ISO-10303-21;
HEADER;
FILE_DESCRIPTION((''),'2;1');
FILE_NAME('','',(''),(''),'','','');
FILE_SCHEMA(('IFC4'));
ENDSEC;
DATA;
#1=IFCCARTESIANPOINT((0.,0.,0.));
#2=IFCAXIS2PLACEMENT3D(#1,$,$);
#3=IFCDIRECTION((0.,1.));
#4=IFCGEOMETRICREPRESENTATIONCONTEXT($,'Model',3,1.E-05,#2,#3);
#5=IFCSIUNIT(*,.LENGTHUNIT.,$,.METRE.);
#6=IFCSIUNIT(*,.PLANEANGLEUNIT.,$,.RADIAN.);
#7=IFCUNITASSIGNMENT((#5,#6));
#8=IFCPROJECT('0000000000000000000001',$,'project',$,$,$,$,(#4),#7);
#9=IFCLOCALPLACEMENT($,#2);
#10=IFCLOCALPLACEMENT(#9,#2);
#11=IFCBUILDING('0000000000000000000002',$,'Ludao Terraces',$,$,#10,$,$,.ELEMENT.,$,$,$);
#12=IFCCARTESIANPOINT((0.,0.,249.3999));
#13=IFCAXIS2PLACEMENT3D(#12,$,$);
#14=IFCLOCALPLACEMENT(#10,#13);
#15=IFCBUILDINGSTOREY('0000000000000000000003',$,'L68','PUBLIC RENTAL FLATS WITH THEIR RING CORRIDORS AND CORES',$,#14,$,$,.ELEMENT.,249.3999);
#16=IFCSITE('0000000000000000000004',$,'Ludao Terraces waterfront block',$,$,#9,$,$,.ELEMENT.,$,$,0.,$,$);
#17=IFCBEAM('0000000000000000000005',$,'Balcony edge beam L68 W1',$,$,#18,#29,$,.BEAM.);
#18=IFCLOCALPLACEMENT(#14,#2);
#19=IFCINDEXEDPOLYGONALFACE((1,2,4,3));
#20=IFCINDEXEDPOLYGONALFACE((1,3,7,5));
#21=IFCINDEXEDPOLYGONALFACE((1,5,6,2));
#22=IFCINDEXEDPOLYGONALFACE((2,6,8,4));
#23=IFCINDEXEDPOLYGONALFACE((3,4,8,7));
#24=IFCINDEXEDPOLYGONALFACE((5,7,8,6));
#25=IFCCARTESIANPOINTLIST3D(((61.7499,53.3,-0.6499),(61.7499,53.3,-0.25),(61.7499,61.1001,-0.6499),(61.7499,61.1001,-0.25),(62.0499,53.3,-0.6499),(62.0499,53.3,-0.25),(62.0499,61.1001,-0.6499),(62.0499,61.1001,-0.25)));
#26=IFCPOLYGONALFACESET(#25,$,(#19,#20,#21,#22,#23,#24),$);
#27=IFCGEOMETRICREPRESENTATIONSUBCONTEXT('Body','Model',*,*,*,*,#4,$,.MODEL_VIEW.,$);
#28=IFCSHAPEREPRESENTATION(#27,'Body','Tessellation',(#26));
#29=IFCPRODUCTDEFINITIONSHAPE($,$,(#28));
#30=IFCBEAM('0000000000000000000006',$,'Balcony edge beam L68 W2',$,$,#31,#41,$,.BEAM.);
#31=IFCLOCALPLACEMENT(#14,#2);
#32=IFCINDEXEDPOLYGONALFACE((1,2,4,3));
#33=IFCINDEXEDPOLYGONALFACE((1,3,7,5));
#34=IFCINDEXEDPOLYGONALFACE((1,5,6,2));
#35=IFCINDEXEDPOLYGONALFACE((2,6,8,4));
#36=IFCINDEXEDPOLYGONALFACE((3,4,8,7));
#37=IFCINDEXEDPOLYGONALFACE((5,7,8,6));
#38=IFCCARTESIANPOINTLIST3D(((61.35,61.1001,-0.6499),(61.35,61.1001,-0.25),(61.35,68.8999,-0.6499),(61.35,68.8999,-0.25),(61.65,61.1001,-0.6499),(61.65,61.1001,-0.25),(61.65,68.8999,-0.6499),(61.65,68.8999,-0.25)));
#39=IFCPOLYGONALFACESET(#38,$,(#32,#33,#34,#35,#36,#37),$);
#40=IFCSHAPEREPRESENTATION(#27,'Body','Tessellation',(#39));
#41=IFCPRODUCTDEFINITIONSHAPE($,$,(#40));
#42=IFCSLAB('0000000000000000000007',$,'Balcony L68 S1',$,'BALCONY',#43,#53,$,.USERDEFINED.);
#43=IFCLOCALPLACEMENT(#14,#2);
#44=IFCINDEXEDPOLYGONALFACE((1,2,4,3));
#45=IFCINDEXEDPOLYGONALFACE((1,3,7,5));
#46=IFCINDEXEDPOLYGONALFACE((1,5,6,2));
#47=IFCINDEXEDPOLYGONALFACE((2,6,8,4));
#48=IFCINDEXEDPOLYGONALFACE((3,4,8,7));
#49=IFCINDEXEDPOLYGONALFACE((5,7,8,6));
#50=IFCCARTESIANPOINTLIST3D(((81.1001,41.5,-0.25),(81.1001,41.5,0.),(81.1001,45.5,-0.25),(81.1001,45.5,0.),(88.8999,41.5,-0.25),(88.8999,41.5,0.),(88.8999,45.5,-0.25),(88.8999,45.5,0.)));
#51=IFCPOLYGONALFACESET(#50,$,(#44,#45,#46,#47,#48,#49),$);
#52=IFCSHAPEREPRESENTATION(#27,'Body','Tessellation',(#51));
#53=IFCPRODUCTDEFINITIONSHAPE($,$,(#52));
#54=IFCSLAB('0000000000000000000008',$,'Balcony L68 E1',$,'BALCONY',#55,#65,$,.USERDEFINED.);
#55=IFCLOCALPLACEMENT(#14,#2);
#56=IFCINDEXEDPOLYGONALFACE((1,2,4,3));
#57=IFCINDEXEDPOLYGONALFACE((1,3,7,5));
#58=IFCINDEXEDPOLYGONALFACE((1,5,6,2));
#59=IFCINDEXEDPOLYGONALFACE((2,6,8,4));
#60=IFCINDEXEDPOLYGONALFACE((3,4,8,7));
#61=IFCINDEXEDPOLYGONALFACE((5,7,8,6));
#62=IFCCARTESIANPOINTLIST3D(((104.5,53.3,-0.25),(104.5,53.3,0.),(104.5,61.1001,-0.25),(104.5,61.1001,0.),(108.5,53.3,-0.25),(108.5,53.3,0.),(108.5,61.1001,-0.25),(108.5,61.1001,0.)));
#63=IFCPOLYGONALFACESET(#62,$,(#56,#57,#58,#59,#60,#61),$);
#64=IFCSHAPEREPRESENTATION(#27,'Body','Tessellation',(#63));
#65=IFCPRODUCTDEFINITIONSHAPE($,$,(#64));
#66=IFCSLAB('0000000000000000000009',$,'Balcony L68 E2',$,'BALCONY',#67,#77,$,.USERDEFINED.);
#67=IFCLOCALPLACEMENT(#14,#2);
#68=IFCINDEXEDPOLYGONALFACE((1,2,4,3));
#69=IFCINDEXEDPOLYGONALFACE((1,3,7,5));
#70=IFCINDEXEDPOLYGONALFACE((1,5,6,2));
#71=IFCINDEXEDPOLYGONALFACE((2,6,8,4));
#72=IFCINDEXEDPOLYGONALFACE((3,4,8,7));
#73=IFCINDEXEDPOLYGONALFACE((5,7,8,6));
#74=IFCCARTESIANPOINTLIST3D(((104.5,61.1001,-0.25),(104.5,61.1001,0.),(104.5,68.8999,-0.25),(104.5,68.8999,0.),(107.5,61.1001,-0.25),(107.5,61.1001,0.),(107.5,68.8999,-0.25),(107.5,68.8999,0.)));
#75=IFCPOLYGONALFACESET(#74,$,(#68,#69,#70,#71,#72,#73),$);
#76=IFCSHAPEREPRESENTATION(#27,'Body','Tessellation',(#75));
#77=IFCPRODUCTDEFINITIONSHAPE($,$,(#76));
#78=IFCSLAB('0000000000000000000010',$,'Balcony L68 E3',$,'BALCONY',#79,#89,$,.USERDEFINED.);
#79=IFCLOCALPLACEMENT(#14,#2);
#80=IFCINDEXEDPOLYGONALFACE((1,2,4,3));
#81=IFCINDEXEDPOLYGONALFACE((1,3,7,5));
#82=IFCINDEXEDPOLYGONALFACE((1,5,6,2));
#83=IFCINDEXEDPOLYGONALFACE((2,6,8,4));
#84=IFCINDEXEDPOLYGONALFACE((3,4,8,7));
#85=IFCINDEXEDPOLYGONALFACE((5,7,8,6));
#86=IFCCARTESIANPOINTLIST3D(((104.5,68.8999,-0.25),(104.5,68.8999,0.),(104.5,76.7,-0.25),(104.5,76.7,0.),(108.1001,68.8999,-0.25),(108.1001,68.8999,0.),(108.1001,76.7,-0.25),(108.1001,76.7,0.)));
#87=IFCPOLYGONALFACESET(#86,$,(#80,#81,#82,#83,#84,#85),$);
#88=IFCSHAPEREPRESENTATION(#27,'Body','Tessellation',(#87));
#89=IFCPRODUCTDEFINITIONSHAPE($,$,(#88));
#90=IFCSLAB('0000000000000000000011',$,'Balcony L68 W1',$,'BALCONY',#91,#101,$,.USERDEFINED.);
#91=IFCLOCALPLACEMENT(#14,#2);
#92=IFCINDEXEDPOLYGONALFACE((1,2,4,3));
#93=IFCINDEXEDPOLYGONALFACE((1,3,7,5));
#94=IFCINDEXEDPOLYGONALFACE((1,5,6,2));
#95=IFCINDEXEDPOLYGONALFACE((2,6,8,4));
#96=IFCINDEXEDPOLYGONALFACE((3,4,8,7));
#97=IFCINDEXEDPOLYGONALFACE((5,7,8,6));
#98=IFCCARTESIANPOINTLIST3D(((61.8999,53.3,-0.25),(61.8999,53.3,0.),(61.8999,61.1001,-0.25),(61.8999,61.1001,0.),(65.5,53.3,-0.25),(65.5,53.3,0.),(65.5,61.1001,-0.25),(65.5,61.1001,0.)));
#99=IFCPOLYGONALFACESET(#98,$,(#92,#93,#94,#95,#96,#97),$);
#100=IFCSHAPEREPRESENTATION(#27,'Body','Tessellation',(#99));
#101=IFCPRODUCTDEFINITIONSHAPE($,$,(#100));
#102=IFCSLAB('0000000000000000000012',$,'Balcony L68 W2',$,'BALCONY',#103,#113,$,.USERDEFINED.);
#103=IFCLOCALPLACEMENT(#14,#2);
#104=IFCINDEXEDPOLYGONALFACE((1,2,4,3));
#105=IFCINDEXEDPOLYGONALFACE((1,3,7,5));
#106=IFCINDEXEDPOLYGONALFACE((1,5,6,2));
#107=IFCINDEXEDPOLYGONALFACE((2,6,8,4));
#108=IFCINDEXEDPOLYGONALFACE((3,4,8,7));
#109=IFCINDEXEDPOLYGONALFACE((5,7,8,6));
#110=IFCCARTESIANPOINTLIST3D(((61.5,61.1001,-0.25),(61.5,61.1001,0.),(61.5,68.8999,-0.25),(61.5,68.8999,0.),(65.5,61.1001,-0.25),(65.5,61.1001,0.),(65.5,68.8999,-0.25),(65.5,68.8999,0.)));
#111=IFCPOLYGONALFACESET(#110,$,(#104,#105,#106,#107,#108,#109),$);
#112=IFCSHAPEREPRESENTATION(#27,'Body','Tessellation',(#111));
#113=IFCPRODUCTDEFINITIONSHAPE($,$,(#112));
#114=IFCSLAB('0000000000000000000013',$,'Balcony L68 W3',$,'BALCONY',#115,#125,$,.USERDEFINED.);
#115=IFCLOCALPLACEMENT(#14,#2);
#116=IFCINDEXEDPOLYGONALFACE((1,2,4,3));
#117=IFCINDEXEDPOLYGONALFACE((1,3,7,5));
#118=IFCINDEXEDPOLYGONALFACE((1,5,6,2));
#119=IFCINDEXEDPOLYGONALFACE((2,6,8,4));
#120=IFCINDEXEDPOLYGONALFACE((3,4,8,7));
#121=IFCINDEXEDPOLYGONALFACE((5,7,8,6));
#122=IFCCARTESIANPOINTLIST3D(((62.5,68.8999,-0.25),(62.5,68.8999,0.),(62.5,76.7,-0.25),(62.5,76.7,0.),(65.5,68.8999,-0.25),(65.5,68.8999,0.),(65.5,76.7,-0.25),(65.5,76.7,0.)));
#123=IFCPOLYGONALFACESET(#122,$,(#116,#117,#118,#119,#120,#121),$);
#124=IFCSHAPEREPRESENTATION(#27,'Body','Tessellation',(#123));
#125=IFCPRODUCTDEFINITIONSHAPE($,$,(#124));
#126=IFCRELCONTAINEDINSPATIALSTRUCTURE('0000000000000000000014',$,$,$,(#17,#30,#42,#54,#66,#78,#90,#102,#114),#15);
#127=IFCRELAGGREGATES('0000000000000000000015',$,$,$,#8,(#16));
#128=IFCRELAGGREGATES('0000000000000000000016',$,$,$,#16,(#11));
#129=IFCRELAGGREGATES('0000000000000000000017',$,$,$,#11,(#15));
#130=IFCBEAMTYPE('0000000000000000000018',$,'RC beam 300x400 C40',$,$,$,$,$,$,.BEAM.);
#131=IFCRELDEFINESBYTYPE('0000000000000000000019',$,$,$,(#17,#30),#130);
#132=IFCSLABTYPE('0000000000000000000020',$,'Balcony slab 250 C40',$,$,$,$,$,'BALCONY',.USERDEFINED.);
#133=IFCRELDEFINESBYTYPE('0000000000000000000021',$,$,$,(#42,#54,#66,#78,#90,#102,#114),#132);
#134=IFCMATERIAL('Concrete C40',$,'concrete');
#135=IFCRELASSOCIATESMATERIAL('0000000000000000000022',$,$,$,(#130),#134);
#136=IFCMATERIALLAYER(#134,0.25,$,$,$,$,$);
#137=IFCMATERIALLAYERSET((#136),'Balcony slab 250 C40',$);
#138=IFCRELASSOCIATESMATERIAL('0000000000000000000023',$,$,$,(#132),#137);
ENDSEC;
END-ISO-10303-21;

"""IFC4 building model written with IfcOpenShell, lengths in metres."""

from ifc_helpers import new_model, si_unit, direction, frame, origin, origin_2d, place, context, subcontext, project, spatial, polyline, rectangle, outline, extrude, material, layer, layer_set, material_profile, profile_set, type_object, element, save


model = new_model("IFC4")

# Units and contexts
model_context = context("Model", 3, precision=1e-05, world=origin(), true_north=direction((0.0, 1.0)))
body_context = subcontext(model_context, "Body", "Model", "MODEL_VIEW")
ifc_project = project(units=[si_unit("LENGTHUNIT", "METRE"), si_unit("PLANEANGLEUNIT", "RADIAN")], contexts=[model_context])

# Site, building, storey
site_placement = place(None, origin())
site = spatial("IfcSite", under=ifc_project, at=site_placement, Name="Ludao Terraces waterfront block", CompositionType="ELEMENT", RefElevation=0.0)
building_placement = place(site_placement, origin())
building = spatial("IfcBuilding", under=site, at=building_placement, Name="Ludao Terraces", CompositionType="ELEMENT")
storey_placement = place(building_placement, frame((0.0, 0.0, 249.3999)))
storey = spatial("IfcBuildingStorey", under=building, at=storey_placement, Name="L68", Description="PUBLIC RENTAL FLATS WITH THEIR RING CORRIDORS AND CORES", CompositionType="ELEMENT", Elevation=249.3999)

# Beams
ifc_material_1 = material(Name="Concrete C40", Category="concrete")
ifc_material_profile = material_profile(ifc_material_1, rectangle(XDim=0.3, YDim=0.3999, at=origin_2d()), Name="300 X 400")
ifc_profile_set = profile_set([ifc_material_profile], Name="Concrete C40")
beam_type = type_object("IfcBeamType", Name="RC beam 300x400 C40", PredefinedType="BEAM", material=ifc_profile_set)
beam_1_placement = place(storey_placement, frame((61.8999, 53.3, -0.45), z_axis=(0.0, 1.0, 0.0), x_axis=(-1.0, 0.0, 0.0)))
element("IfcBeam", 1, at=beam_1_placement, inside=storey, type_object=beam_type, Name="Balcony edge beam L68 W1", PredefinedType="BEAM", context=body_context, shape_type="SweptSolid", body=[
    extrude(rectangle(XDim=0.3, YDim=0.3999, at=origin_2d()), origin(), (0.0, 0.0, 1.0), 7.8),
])
beam_2_placement = place(storey_placement, frame((61.5, 61.1001, -0.45), z_axis=(0.0, 1.0, 0.0), x_axis=(-1.0, 0.0, 0.0)))
element("IfcBeam", 2, at=beam_2_placement, inside=storey, type_object=beam_type, Name="Balcony edge beam L68 W2", PredefinedType="BEAM", context=body_context, shape_type="SweptSolid", body=[
    extrude(rectangle(XDim=0.3, YDim=0.3999, at=origin_2d()), origin(), (0.0, 0.0, 1.0), 7.7998),
])

# Slabs
ifc_layer_1 = layer(ifc_material_1, 0.25)
ifc_layer_set_1 = layer_set([ifc_layer_1], Name="Balcony slab 250 C40")
slab_type_1 = type_object("IfcSlabType", Name="Balcony slab 250 C40", ElementType="BALCONY", PredefinedType="USERDEFINED", material=ifc_layer_set_1)
slab_1_placement = place(storey_placement, frame((0.0, 0.0, -0.25)))
element("IfcSlab", 3, at=slab_1_placement, inside=storey, type_object=slab_type_1, Name="Balcony L68 S1", ObjectType="BALCONY", PredefinedType="USERDEFINED", context=body_context, shape_type="SweptSolid", body=[
    extrude(outline(polyline([(81.1001, 41.5), (88.8999, 41.5), (88.8999, 45.5), (81.1001, 45.5), (81.1001, 41.5)])), origin(), (0.0, 0.0, 1.0), 0.25),
])
slab_2_placement = place(storey_placement, frame((0.0, 0.0, -0.25)))
element("IfcSlab", 4, at=slab_2_placement, inside=storey, type_object=slab_type_1, Name="Balcony L68 E1", ObjectType="BALCONY", PredefinedType="USERDEFINED", context=body_context, shape_type="SweptSolid", body=[
    extrude(outline(polyline([(104.5, 53.3), (108.5, 53.3), (108.5, 61.1001), (104.5, 61.1001), (104.5, 53.3)])), origin(), (0.0, 0.0, 1.0), 0.25),
])
slab_3_placement = place(storey_placement, frame((0.0, 0.0, -0.25)))
element("IfcSlab", 5, at=slab_3_placement, inside=storey, type_object=slab_type_1, Name="Balcony L68 E2", ObjectType="BALCONY", PredefinedType="USERDEFINED", context=body_context, shape_type="SweptSolid", body=[
    extrude(outline(polyline([(104.5, 61.1001), (107.5, 61.1001), (107.5, 68.8999), (104.5, 68.8999), (104.5, 61.1001)])), origin(), (0.0, 0.0, 1.0), 0.25),
])
slab_4_placement = place(storey_placement, frame((0.0, 0.0, -0.25)))
element("IfcSlab", 6, at=slab_4_placement, inside=storey, type_object=slab_type_1, Name="Balcony L68 E3", ObjectType="BALCONY", PredefinedType="USERDEFINED", context=body_context, shape_type="SweptSolid", body=[
    extrude(outline(polyline([(104.5, 68.8999), (108.1001, 68.8999), (108.1001, 76.7), (104.5, 76.7), (104.5, 68.8999)])), origin(), (0.0, 0.0, 1.0), 0.25),
])
slab_5_placement = place(storey_placement, frame((0.0, 0.0, -0.25)))
element("IfcSlab", 7, at=slab_5_placement, inside=storey, type_object=slab_type_1, Name="Balcony L68 W1", ObjectType="BALCONY", PredefinedType="USERDEFINED", context=body_context, shape_type="SweptSolid", body=[
    extrude(outline(polyline([(61.8999, 53.3), (65.5, 53.3), (65.5, 61.1001), (61.8999, 61.1001), (61.8999, 53.3)])), origin(), (0.0, 0.0, 1.0), 0.25),
])
slab_6_placement = place(storey_placement, frame((0.0, 0.0, -0.25)))
element("IfcSlab", 8, at=slab_6_placement, inside=storey, type_object=slab_type_1, Name="Balcony L68 W2", ObjectType="BALCONY", PredefinedType="USERDEFINED", context=body_context, shape_type="SweptSolid", body=[
    extrude(outline(polyline([(61.5, 61.1001), (65.5, 61.1001), (65.5, 68.8999), (61.5, 68.8999), (61.5, 61.1001)])), origin(), (0.0, 0.0, 1.0), 0.25),
])
slab_7_placement = place(storey_placement, frame((0.0, 0.0, -0.25)))
element("IfcSlab", 9, at=slab_7_placement, inside=storey, type_object=slab_type_1, Name="Balcony L68 W3", ObjectType="BALCONY", PredefinedType="USERDEFINED", context=body_context, shape_type="SweptSolid", body=[
    extrude(outline(polyline([(62.5, 68.8999), (65.5, 68.8999), (65.5, 76.7), (62.5, 76.7), (62.5, 68.8999)])), origin(), (0.0, 0.0, 1.0), 0.25),
])

save(model, "model.ifc")
